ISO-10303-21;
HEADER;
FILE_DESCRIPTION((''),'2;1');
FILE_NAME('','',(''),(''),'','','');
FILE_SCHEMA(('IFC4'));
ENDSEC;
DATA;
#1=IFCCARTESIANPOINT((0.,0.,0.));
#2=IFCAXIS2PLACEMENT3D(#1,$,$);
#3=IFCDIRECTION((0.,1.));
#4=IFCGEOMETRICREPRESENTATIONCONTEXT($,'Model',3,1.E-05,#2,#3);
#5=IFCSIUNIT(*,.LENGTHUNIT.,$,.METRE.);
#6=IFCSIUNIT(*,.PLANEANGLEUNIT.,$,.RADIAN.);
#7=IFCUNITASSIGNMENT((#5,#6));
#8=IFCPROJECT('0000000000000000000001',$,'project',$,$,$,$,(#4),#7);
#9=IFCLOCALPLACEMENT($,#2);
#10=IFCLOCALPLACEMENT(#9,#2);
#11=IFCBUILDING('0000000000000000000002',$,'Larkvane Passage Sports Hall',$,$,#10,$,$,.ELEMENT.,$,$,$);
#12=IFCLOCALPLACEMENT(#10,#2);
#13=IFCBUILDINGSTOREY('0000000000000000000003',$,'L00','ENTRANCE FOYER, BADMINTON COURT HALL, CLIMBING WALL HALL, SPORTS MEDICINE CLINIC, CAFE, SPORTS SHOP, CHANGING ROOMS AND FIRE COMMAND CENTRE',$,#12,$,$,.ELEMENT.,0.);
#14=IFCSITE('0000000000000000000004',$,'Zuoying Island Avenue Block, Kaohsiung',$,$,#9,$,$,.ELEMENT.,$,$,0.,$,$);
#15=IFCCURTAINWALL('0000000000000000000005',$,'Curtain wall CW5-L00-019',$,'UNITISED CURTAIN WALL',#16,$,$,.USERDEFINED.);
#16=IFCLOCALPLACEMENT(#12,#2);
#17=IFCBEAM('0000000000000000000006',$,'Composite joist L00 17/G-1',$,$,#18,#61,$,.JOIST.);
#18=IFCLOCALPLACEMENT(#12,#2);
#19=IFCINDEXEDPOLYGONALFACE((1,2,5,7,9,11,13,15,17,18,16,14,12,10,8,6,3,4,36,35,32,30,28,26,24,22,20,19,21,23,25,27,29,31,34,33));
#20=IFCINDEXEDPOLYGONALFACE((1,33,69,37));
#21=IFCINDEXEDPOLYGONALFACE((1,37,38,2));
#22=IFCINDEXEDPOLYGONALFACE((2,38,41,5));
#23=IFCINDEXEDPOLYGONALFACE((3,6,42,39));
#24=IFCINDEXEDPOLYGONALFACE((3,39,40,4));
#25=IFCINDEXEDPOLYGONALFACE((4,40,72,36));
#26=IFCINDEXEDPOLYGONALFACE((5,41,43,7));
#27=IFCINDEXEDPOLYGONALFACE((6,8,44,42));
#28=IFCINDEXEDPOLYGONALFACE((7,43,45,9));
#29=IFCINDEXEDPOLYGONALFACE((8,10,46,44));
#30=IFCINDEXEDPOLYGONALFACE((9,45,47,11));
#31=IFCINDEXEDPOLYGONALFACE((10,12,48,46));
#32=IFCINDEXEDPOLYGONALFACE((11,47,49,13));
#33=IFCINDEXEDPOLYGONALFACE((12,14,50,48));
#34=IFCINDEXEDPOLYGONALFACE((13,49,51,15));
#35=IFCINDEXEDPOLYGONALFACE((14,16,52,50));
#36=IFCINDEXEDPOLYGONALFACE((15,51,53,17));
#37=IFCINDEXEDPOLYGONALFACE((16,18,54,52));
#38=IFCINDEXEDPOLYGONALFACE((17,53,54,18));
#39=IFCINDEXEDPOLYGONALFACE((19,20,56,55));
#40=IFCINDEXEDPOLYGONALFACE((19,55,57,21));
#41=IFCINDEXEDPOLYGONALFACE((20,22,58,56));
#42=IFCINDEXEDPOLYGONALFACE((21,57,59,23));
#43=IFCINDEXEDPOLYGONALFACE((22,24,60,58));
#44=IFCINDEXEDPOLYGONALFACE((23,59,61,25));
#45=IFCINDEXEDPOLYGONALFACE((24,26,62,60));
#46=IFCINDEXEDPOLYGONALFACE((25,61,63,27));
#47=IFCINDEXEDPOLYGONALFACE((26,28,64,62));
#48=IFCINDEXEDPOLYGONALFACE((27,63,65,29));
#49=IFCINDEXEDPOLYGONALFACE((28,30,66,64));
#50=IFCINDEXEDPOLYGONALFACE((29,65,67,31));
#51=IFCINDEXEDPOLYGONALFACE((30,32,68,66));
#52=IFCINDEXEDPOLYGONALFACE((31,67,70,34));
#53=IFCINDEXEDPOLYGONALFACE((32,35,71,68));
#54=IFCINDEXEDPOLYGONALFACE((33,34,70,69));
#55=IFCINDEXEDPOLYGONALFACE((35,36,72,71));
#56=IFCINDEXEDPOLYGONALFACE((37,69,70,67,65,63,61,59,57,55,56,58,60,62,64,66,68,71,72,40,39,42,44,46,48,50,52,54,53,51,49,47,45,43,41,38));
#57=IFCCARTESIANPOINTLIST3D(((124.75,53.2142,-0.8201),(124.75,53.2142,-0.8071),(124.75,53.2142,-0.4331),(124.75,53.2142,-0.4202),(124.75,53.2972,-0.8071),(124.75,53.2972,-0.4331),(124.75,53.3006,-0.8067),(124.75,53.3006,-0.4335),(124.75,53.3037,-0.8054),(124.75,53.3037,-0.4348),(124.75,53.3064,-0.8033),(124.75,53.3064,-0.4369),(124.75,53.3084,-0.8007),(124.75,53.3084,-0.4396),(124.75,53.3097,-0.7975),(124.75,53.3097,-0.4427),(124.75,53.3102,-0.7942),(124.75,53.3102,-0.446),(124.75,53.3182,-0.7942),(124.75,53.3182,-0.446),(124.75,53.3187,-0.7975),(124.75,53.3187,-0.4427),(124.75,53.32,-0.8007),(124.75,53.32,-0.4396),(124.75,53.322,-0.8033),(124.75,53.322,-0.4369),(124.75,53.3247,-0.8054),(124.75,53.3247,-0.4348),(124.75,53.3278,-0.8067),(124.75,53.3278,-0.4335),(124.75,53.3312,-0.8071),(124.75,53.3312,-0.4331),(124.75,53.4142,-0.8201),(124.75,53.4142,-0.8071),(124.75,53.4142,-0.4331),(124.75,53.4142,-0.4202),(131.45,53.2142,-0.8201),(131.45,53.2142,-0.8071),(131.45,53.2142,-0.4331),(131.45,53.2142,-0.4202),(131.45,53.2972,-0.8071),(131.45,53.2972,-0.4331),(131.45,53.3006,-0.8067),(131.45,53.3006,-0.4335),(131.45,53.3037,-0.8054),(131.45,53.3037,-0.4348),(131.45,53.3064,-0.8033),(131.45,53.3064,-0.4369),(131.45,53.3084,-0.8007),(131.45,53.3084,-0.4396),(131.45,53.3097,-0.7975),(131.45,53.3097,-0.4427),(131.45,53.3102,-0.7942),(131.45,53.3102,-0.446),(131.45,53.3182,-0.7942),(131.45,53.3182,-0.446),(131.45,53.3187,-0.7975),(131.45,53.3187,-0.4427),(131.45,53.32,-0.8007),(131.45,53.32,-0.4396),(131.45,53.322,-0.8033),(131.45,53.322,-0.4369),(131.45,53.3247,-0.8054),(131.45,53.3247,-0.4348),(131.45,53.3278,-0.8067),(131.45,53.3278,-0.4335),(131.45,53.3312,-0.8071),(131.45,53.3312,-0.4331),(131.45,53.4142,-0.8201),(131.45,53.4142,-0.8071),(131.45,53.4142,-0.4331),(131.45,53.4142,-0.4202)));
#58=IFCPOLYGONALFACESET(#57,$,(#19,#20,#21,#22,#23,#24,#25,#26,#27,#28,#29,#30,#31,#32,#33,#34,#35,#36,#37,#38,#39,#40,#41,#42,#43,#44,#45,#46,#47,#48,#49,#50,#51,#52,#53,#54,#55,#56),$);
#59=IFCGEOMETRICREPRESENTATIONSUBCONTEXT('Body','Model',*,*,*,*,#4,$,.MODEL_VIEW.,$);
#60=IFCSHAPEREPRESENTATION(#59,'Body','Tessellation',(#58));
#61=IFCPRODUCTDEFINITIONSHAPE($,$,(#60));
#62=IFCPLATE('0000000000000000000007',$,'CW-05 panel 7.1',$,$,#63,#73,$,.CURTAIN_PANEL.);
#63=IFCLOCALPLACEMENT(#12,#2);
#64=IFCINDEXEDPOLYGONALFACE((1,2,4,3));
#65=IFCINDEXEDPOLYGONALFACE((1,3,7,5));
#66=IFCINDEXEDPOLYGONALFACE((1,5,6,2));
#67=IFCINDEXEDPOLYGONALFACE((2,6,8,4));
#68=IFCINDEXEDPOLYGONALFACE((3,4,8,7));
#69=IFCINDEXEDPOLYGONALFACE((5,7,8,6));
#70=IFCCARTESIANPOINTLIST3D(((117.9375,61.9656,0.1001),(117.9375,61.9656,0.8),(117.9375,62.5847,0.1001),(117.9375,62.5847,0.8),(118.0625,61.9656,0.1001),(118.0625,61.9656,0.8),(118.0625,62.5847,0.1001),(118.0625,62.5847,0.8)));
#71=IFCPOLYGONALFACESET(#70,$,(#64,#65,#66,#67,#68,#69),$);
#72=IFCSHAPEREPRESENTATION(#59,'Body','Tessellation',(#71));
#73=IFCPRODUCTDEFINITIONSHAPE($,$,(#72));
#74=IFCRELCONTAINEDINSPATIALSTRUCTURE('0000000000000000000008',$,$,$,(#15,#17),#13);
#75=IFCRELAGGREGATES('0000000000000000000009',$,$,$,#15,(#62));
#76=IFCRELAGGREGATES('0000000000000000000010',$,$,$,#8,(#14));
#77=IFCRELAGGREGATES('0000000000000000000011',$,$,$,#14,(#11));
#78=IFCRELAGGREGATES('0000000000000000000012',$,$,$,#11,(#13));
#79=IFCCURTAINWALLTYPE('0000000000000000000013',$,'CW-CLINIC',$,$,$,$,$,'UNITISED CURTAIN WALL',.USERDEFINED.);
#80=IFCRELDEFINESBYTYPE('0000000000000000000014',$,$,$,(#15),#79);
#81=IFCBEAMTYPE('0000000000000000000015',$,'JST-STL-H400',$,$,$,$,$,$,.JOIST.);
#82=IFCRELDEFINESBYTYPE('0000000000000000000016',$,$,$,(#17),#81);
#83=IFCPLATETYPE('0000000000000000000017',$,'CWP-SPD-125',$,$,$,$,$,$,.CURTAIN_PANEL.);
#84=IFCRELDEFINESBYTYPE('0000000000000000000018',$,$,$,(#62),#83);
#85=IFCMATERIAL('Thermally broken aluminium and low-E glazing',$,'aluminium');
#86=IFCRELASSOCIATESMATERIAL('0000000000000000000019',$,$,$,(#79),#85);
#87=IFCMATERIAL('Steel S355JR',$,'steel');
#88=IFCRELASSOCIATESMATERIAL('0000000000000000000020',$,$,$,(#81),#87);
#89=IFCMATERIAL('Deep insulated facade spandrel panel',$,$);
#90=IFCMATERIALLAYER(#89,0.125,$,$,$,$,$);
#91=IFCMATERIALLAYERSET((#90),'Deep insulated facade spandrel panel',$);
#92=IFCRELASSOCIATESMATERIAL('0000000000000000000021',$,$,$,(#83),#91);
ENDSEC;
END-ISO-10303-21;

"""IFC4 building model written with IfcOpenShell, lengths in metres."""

from ifc_helpers import new_model, si_unit, direction, frame, origin, origin_2d, place, context, subcontext, project, spatial, rectangle, i_section, extrude, material, layer, layer_set, material_profile, profile_set, type_object, element, aggregate, save


model = new_model("IFC4")

# Units and contexts
model_context = context("Model", 3, precision=1e-05, world=origin(), true_north=direction((0.0, 1.0)))
body_context = subcontext(model_context, "Body", "Model", "MODEL_VIEW")
ifc_project = project(units=[si_unit("LENGTHUNIT", "METRE"), si_unit("PLANEANGLEUNIT", "RADIAN")], contexts=[model_context])

# Site, building, storey
site_placement = place(None, origin())
site = spatial("IfcSite", under=ifc_project, at=site_placement, Name="Zuoying Island Avenue Block, Kaohsiung", CompositionType="ELEMENT", RefElevation=0.0)
building_placement = place(site_placement, origin())
building = spatial("IfcBuilding", under=site, at=building_placement, Name="Larkvane Passage Sports Hall", CompositionType="ELEMENT")
storey_placement = place(building_placement, origin())
storey = spatial("IfcBuildingStorey", under=building, at=storey_placement, Name="L00", Description="ENTRANCE FOYER, BADMINTON COURT HALL, CLIMBING WALL HALL, SPORTS MEDICINE CLINIC, CAFE, SPORTS SHOP, CHANGING ROOMS AND FIRE COMMAND CENTRE", CompositionType="ELEMENT", Elevation=0.0)

# Curtain wall
ifc_material_1 = material(Name="Thermally broken aluminium and low-E glazing", Category="aluminium")
curtain_wall_type = type_object("IfcCurtainWallType", Name="CW-CLINIC", ElementType="UNITISED CURTAIN WALL", PredefinedType="USERDEFINED", material=ifc_material_1)
curtain_wall_placement = place(storey_placement, origin())
curtain_wall = element("IfcCurtainWall", 1, at=curtain_wall_placement, inside=storey, type_object=curtain_wall_type, Name="Curtain wall CW5-L00-019", ObjectType="UNITISED CURTAIN WALL", PredefinedType="USERDEFINED")

# Beam
ifc_material_2 = material(Name="Steel S355JR", Category="steel")
ifc_material_profile_1 = material_profile(ifc_material_2, i_section(OverallWidth=0.2, OverallDepth=0.3999, WebThickness=0.0081, FlangeThickness=0.0129, FilletRadius=0.0129, at=origin_2d()), Name="H-400x200x8x13")
ifc_profile_set_1 = profile_set([ifc_material_profile_1], Name="Steel S355JR")
beam_type_1 = type_object("IfcBeamType", Name="JST-STL-H400", PredefinedType="JOIST", material=ifc_profile_set_1)
beam_1_placement = place(storey_placement, frame((124.75, 53.3142, -0.6201), z_axis=(1.0, 0.0, 0.0), x_axis=(0.0, 1.0, 0.0)))
element("IfcBeam", 2, at=beam_1_placement, inside=storey, type_object=beam_type_1, Name="Composite joist L00 17/G-1", PredefinedType="JOIST", context=body_context, shape_type="SweptSolid", body=[
    extrude(i_section(OverallWidth=0.2, OverallDepth=0.3999, WebThickness=0.0081, FlangeThickness=0.0129, FilletRadius=0.0129, at=origin_2d()), origin(), (0.0, 0.0, 1.0), 6.7),
])

# Plate
ifc_material_3 = material(Name="Deep insulated facade spandrel panel")
ifc_layer = layer(ifc_material_3, 0.125)
ifc_layer_set = layer_set([ifc_layer], Name="Deep insulated facade spandrel panel")
plate_type = type_object("IfcPlateType", Name="CWP-SPD-125", PredefinedType="CURTAIN_PANEL", material=ifc_layer_set)
plate_placement = place(storey_placement, frame((118.0, 62.2751, 0.1001), z_axis=(0.0, 0.0, 1.0), x_axis=(0.0, 1.0, 0.0)))
plate = element("IfcPlate", 3, at=plate_placement, type_object=plate_type, Name="CW-05 panel 7.1", PredefinedType="CURTAIN_PANEL", context=body_context, shape_type="SweptSolid", body=[
    extrude(rectangle(XDim=0.6191, YDim=0.125, at=origin_2d()), origin(), (0.0, 0.0, 1.0), 0.7),
])
aggregate(curtain_wall, [plate])

save(model, "model.ifc")
